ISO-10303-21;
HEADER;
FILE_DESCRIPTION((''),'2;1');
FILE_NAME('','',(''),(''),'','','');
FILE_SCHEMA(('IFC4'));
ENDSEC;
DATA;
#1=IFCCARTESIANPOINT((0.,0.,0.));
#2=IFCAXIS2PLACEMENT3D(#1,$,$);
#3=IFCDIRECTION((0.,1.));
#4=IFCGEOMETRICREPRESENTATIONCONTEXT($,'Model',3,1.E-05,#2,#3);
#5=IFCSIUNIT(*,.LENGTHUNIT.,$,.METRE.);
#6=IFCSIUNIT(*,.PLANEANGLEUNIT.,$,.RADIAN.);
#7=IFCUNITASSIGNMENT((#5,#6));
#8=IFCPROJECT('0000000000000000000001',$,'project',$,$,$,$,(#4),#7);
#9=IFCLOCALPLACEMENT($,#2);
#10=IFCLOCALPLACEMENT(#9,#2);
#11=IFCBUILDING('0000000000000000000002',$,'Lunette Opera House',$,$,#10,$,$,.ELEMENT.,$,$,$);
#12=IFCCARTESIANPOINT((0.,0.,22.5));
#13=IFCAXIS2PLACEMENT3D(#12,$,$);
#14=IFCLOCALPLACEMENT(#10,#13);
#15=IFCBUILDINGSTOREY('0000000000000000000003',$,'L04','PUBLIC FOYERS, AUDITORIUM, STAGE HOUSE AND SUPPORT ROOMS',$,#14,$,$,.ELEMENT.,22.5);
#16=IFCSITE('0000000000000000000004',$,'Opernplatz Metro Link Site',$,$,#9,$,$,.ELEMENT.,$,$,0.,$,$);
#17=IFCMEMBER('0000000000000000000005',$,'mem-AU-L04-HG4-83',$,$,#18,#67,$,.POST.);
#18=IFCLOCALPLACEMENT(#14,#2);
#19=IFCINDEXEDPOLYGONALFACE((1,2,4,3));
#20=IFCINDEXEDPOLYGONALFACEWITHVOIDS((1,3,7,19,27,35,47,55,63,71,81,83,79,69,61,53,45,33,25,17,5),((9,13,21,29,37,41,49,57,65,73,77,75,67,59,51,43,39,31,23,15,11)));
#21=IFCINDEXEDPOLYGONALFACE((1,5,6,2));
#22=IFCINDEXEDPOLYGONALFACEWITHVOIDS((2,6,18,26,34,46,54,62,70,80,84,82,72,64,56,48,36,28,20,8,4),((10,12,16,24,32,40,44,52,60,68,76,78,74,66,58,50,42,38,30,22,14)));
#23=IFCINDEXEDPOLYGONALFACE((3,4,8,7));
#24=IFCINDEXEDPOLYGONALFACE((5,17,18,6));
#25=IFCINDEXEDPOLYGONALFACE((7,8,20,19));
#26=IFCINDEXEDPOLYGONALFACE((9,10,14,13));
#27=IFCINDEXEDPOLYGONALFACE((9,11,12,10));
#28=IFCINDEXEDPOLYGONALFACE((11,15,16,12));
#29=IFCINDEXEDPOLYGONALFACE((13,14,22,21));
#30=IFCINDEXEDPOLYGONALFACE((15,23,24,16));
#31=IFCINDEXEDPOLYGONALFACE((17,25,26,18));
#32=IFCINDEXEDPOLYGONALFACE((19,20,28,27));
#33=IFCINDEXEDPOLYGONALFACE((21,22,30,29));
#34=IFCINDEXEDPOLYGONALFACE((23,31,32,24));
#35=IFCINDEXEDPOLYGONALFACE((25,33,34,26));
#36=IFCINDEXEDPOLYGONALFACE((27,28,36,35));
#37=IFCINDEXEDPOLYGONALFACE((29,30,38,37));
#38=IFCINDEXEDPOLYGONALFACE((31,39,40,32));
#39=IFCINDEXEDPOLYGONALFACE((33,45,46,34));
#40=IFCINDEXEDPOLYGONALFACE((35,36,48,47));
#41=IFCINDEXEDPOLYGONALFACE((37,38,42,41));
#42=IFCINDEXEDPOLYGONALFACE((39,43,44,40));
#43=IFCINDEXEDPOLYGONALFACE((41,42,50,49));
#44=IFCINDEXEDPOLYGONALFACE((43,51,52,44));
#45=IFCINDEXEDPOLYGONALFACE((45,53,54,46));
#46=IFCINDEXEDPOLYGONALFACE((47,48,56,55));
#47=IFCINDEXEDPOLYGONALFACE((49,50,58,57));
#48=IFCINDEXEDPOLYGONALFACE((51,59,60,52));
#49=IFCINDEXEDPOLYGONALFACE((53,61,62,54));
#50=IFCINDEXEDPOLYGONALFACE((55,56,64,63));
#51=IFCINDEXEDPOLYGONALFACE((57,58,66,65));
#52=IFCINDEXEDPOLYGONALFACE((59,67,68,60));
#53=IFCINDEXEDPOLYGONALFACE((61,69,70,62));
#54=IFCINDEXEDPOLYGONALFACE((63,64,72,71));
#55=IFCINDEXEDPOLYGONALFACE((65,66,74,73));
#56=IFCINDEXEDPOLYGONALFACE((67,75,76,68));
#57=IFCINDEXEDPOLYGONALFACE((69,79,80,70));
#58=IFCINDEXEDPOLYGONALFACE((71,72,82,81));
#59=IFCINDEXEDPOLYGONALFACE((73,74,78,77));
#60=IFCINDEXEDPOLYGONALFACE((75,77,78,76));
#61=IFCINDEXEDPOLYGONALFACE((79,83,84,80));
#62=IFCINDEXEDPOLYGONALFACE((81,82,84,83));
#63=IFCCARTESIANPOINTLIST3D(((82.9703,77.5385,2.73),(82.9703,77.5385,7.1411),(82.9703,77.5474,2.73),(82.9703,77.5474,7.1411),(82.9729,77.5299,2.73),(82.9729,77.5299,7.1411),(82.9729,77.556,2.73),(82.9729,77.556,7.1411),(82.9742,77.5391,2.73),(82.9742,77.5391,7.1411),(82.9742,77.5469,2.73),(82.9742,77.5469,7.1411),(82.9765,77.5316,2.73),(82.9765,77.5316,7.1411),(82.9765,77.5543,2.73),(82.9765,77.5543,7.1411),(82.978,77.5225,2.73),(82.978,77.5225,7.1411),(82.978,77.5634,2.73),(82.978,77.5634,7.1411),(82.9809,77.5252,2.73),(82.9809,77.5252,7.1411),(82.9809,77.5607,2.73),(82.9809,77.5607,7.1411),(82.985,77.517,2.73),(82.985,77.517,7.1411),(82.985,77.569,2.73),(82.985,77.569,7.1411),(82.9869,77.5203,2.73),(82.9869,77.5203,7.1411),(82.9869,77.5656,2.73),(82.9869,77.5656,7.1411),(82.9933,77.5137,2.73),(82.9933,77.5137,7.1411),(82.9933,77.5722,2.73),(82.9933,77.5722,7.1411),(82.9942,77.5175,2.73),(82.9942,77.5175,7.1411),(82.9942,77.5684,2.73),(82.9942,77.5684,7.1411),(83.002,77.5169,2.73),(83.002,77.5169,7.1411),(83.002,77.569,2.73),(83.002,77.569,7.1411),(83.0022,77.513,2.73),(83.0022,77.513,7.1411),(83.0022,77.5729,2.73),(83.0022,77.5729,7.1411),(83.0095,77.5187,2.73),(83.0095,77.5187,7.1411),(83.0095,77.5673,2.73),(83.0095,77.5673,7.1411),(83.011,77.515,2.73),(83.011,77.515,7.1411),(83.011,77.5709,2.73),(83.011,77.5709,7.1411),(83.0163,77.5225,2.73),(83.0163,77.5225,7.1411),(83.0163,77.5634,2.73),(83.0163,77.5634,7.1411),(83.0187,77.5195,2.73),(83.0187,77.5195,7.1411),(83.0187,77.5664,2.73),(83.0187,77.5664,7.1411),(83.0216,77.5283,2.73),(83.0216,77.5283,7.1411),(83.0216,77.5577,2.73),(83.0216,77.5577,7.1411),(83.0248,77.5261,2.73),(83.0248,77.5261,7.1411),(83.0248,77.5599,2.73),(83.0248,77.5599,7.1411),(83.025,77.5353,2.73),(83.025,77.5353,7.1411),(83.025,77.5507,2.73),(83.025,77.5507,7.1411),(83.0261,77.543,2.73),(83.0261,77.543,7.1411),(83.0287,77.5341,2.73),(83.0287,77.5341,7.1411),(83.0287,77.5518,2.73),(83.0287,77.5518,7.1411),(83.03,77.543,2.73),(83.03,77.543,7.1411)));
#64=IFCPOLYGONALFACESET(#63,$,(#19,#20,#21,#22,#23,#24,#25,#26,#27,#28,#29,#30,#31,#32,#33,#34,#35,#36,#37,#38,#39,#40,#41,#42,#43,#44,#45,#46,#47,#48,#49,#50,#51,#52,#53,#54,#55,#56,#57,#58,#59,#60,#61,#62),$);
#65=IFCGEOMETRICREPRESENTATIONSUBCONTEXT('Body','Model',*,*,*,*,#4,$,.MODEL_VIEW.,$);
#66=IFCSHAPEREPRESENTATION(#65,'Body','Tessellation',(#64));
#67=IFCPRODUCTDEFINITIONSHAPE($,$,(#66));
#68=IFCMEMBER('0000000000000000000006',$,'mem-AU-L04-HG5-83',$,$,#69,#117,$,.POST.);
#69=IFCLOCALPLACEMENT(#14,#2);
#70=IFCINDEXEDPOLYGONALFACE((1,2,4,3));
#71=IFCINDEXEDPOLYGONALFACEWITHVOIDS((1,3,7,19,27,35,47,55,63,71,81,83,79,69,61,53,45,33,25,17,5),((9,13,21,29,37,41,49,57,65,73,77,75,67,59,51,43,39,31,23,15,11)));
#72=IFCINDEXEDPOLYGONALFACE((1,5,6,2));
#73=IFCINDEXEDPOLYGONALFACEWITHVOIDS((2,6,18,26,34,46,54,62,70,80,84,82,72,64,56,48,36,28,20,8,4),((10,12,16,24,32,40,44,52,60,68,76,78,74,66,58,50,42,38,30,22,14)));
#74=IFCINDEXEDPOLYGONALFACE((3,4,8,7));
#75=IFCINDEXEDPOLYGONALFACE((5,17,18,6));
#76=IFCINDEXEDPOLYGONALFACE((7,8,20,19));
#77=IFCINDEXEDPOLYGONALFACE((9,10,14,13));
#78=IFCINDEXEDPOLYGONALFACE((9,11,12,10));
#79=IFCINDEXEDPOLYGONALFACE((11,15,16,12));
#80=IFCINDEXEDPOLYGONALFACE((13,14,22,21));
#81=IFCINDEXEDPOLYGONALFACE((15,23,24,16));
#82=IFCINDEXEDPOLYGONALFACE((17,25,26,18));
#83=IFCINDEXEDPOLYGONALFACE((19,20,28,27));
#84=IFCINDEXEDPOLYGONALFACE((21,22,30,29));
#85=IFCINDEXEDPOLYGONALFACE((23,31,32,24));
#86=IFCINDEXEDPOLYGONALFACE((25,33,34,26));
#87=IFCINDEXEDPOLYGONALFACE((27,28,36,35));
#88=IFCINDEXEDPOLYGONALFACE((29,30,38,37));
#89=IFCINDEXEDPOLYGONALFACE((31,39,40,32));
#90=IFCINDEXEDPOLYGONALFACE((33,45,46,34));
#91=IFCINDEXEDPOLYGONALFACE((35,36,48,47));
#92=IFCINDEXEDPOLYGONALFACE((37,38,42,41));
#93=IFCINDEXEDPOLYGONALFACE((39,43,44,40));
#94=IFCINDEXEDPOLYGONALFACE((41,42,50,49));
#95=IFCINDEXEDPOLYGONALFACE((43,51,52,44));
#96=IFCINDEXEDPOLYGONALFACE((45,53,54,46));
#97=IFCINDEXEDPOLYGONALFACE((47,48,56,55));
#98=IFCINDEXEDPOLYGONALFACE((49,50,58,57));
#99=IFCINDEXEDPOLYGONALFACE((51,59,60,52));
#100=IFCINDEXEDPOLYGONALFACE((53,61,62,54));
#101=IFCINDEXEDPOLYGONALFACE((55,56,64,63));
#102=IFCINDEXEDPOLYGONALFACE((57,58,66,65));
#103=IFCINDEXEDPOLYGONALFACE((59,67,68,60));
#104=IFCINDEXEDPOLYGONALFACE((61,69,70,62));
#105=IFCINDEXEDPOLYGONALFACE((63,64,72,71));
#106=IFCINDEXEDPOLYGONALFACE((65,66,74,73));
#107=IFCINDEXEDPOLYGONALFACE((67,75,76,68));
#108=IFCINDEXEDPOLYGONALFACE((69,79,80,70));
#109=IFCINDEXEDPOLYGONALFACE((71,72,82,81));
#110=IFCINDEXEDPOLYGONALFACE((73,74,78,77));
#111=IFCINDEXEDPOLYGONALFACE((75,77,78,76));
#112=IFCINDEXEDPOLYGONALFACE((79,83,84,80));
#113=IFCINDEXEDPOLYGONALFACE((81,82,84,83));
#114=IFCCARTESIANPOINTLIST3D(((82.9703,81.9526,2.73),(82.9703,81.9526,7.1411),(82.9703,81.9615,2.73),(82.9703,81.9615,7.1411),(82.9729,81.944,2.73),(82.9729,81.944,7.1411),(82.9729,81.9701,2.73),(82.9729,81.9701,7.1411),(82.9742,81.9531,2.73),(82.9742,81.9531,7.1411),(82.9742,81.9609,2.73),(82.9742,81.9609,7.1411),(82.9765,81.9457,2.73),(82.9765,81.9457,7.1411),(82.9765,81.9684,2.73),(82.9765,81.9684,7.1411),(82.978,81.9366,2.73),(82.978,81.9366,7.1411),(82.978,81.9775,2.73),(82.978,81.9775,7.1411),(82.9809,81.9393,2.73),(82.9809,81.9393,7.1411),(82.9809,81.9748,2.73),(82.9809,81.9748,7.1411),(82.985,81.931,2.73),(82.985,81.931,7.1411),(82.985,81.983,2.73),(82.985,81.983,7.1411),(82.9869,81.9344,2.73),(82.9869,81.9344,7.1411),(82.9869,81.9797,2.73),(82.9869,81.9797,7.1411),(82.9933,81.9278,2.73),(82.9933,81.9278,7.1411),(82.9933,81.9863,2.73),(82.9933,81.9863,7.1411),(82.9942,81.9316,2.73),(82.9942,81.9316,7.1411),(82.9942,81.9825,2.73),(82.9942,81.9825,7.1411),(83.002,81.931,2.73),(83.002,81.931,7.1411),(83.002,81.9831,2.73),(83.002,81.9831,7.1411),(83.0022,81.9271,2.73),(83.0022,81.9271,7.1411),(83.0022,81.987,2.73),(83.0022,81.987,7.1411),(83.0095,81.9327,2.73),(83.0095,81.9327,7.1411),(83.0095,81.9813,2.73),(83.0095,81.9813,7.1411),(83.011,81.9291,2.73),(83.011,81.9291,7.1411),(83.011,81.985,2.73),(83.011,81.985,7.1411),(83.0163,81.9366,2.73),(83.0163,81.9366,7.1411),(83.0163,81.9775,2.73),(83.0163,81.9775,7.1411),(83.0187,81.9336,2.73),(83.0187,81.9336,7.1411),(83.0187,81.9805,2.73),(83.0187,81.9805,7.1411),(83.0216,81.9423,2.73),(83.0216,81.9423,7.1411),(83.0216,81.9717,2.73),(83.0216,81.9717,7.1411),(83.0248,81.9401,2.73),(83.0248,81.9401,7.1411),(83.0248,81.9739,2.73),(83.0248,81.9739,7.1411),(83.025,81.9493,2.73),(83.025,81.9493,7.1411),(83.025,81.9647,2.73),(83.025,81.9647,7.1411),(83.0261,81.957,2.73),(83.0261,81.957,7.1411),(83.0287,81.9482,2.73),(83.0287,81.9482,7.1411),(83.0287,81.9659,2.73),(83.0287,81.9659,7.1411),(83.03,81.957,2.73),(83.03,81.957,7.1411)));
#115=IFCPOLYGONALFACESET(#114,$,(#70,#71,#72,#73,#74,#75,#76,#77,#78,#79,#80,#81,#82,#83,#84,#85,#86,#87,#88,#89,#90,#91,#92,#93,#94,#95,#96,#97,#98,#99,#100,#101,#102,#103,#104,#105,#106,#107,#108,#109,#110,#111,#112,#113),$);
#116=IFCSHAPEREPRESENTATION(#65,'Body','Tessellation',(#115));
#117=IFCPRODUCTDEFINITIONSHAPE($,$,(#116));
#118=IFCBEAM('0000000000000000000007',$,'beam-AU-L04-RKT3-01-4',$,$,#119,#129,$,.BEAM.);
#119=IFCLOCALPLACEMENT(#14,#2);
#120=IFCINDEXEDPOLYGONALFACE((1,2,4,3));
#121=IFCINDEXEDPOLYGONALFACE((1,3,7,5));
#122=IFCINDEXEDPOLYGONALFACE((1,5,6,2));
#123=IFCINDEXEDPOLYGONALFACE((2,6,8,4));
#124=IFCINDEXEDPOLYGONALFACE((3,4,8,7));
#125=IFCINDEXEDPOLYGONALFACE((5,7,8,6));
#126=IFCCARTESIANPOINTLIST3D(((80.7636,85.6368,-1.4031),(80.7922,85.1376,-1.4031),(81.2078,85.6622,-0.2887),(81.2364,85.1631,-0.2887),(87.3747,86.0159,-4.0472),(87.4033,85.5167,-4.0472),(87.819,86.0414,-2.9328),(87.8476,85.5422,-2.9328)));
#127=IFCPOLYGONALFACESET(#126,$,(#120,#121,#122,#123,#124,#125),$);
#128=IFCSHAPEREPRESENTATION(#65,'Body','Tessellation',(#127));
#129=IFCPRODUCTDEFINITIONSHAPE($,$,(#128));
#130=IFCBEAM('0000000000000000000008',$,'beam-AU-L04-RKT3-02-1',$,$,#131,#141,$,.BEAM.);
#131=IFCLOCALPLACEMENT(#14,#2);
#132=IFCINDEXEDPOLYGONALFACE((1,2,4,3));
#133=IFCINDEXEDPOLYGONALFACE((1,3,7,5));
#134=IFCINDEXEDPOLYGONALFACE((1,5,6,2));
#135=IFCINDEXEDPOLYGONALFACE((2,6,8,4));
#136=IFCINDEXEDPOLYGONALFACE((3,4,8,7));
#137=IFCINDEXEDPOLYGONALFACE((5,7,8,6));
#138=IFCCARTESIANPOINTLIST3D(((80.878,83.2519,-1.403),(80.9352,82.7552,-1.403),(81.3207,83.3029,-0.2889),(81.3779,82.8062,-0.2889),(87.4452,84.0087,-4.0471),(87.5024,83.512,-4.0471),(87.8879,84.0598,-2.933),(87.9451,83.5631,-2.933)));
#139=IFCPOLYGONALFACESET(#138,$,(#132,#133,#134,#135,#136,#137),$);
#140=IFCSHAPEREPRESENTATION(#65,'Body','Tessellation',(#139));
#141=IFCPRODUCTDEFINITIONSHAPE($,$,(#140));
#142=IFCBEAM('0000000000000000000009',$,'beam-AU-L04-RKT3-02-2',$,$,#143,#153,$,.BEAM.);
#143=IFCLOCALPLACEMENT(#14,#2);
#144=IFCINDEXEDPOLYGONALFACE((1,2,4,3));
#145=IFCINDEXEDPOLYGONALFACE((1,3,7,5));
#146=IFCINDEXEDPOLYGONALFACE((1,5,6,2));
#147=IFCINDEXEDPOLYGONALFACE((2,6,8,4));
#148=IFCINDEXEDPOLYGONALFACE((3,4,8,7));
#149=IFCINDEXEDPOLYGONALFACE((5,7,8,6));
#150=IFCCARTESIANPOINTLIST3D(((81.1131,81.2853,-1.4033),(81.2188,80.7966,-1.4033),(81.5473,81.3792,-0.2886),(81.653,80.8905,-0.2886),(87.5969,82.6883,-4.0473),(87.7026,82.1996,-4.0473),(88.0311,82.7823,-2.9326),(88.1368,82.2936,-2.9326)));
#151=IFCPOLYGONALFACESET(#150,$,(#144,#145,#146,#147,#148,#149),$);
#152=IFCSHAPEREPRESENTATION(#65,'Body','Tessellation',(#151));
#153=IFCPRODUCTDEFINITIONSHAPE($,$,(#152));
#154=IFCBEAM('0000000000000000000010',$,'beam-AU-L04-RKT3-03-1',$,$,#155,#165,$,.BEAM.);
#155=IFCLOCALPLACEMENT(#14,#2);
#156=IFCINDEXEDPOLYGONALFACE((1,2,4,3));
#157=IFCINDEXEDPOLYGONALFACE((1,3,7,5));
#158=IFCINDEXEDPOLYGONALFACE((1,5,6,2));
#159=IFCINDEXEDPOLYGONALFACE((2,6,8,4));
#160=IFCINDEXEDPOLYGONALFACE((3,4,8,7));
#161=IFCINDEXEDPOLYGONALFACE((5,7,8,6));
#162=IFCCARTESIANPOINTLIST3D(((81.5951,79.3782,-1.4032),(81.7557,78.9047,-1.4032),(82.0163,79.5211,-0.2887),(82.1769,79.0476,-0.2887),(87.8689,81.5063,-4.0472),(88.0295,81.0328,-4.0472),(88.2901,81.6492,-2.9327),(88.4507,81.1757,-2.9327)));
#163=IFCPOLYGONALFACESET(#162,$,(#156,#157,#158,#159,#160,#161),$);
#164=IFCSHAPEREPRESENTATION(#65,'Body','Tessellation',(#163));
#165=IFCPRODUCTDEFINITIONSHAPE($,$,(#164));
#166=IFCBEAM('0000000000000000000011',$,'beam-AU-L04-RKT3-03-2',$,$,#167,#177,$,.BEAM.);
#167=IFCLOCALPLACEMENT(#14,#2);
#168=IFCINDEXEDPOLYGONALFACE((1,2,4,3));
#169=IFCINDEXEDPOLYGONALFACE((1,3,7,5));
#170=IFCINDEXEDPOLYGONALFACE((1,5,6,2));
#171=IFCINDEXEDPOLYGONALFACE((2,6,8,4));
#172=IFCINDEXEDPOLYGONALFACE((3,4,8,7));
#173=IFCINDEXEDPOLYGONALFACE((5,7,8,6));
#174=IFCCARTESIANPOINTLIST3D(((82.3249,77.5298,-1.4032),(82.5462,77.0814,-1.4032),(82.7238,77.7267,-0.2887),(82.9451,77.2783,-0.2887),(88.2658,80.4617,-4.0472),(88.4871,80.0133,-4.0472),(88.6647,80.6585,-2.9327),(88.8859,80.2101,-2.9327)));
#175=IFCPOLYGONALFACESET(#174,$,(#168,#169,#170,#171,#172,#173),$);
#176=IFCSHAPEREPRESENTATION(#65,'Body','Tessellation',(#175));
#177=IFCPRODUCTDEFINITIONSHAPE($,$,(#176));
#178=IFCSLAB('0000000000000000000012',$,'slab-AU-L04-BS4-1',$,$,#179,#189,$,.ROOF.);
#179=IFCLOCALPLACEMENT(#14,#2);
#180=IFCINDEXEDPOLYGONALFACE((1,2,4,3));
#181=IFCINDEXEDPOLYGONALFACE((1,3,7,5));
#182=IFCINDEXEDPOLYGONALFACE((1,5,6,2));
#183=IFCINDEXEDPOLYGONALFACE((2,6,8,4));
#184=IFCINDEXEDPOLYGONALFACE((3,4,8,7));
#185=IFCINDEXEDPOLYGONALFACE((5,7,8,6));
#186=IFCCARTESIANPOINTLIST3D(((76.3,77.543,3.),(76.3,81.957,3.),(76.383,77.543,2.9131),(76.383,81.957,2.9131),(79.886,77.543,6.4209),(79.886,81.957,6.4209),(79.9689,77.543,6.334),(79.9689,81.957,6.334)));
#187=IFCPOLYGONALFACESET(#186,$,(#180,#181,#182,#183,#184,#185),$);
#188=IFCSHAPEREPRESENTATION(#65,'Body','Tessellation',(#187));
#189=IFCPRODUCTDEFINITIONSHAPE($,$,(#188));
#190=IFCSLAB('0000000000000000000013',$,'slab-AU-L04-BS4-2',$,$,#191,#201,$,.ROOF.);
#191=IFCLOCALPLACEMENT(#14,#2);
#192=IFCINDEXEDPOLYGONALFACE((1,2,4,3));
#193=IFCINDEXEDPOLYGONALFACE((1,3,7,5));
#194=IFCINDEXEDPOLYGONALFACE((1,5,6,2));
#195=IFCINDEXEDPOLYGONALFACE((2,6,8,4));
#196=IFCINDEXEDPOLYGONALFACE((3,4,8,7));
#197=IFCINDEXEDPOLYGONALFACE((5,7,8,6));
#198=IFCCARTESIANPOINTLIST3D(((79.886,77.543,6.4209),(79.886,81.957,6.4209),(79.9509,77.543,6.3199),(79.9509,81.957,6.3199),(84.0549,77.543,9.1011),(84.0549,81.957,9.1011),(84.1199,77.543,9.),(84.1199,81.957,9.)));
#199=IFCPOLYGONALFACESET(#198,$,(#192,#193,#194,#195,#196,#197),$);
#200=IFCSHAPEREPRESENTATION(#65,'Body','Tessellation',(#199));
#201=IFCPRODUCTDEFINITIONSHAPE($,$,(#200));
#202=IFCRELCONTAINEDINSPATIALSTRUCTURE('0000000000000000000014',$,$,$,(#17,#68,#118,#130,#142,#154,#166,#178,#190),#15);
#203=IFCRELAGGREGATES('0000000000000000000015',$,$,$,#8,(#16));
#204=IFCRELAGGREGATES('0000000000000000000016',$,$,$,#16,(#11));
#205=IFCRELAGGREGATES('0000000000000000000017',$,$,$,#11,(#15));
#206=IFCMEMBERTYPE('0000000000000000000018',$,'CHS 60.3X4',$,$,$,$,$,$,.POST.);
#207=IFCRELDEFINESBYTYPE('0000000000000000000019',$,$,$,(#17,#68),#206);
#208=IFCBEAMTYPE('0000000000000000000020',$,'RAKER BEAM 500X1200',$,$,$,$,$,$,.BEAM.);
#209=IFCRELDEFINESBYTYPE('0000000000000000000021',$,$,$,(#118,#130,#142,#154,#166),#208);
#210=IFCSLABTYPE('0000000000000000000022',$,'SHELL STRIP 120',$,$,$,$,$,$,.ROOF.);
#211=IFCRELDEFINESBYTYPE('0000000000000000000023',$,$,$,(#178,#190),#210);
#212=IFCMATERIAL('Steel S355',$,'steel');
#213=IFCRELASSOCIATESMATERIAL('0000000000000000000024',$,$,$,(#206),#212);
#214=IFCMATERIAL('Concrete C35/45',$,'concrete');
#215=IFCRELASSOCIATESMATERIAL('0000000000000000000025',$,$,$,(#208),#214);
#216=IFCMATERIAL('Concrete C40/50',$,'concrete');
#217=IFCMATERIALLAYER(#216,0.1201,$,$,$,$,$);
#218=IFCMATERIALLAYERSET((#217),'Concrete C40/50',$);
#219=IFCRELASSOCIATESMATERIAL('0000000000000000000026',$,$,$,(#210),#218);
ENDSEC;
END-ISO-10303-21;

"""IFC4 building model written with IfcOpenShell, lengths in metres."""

from ifc_helpers import new_model, si_unit, direction, frame, origin, origin_2d, place, context, subcontext, project, spatial, polyline, rectangle, hollow_circle, outline, extrude, material, layer, layer_set, material_profile, profile_set, type_object, element, save


model = new_model("IFC4")

# Units and contexts
model_context = context("Model", 3, precision=1e-05, world=origin(), true_north=direction((0.0, 1.0)))
body_context = subcontext(model_context, "Body", "Model", "MODEL_VIEW")
ifc_project = project(units=[si_unit("LENGTHUNIT", "METRE"), si_unit("PLANEANGLEUNIT", "RADIAN")], contexts=[model_context])

# Site, building, storey
site_placement = place(None, origin())
site = spatial("IfcSite", under=ifc_project, at=site_placement, Name="Opernplatz Metro Link Site", CompositionType="ELEMENT", RefElevation=0.0)
building_placement = place(site_placement, origin())
building = spatial("IfcBuilding", under=site, at=building_placement, Name="Lunette Opera House", CompositionType="ELEMENT")
storey_placement = place(building_placement, frame((0.0, 0.0, 22.5)))
storey = spatial("IfcBuildingStorey", under=building, at=storey_placement, Name="L04", Description="PUBLIC FOYERS, AUDITORIUM, STAGE HOUSE AND SUPPORT ROOMS", CompositionType="ELEMENT", Elevation=22.5)

# Members
ifc_material_1 = material(Name="Steel S355", Category="steel")
ifc_material_profile_1 = material_profile(ifc_material_1, hollow_circle(Radius=0.03, WallThickness=0.0039, at=origin_2d()), Name="CHS 60.3X4")
ifc_profile_set_1 = profile_set([ifc_material_profile_1], Name="Steel S355")
member_type_1 = type_object("IfcMemberType", Name="CHS 60.3X4", PredefinedType="POST", material=ifc_profile_set_1)
for number, where, z_axis, x_axis, name in (
    (1, (83.0, 77.543, 2.73), (0.0, 0.0, 1.0), (1.0, 0.0, 0.0), "mem-AU-L04-HG4-83"),
    (2, (83.0, 81.957, 2.73), (0.0, 0.0, 1.0), (1.0, 0.0, 0.0), "mem-AU-L04-HG5-83"),
):
    element("IfcMember", number, at=place(storey_placement, frame(where, z_axis=z_axis, x_axis=x_axis)), inside=storey, type_object=member_type_1, Name=name, PredefinedType="POST", context=body_context, shape_type="SweptSolid", body=[
        extrude(hollow_circle(Radius=0.03, WallThickness=0.0039, at=origin_2d()), origin(), (0.0, 0.0, 1.0), 4.4111),
    ])

# Beams
ifc_material_2 = material(Name="Concrete C35/45", Category="concrete")
ifc_material_profile_2 = material_profile(ifc_material_2, rectangle(XDim=0.5, YDim=1.2, at=origin_2d()), Name="RAKER BEAM 500X1200")
ifc_profile_set_2 = profile_set([ifc_material_profile_2], Name="Concrete C35/45")
beam_type_1 = type_object("IfcBeamType", Name="RAKER BEAM 500X1200", PredefinedType="BEAM", material=ifc_profile_set_2)
beam_1_placement = place(storey_placement, frame((81.0, 85.3999, -0.8459), z_axis=(0.927182, 0.053175, -0.370818), x_axis=(-0.057257, 0.998359, 0.0)))
element("IfcBeam", 3, at=beam_1_placement, inside=storey, type_object=beam_type_1, Name="beam-AU-L04-RKT3-01-4", PredefinedType="BEAM", context=body_context, shape_type="SweptSolid", body=[
    extrude(rectangle(XDim=0.5, YDim=1.2, at=origin_2d()), origin(), (0.0, 0.0, 1.0), 7.1304),
])
beam_2_placement = place(storey_placement, frame((81.1279, 83.0291, -0.8459), z_axis=(0.922381, 0.106301, -0.371367), x_axis=(-0.114488, 0.993425, 0.0)))
element("IfcBeam", 4, at=beam_2_placement, inside=storey, type_object=beam_type_1, Name="beam-AU-L04-RKT3-02-1", PredefinedType="BEAM", context=body_context, shape_type="SweptSolid", body=[
    extrude(rectangle(XDim=0.5, YDim=1.2, at=origin_2d()), origin(), (0.0, 0.0, 1.0), 7.1199),
])
beam_3_placement = place(storey_placement, frame((81.3831, 81.0879, -0.8459), z_axis=(0.907922, 0.196469, -0.370239), x_axis=(-0.211499, 0.977378, 0.0)))
element("IfcBeam", 5, at=beam_3_placement, inside=storey, type_object=beam_type_1, Name="beam-AU-L04-RKT3-02-2", PredefinedType="BEAM", context=body_context, shape_type="SweptSolid", body=[
    extrude(rectangle(XDim=0.5, YDim=1.2, at=origin_2d()), origin(), (0.0, 0.0, 1.0), 7.1414),
])
for number, where, z_axis, x_axis, name in (
    (6, (81.886, 79.2129, -0.8459), (0.879541, 0.298349, -0.370668), (-0.321231, 0.947001, 0.0), "beam-AU-L04-RKT3-03-1"),
    (7, (82.635, 77.4041, -0.8459), (0.832864, 0.411024, -0.370671), (-0.44255, 0.896744, 0.0), "beam-AU-L04-RKT3-03-2"),
):
    element("IfcBeam", number, at=place(storey_placement, frame(where, z_axis=z_axis, x_axis=x_axis)), inside=storey, type_object=beam_type_1, Name=name, PredefinedType="BEAM", context=body_context, shape_type="SweptSolid", body=[
        extrude(rectangle(XDim=0.5, YDim=1.2, at=origin_2d()), origin(), (0.0, 0.0, 1.0), 7.1331),
    ])

# Slabs
ifc_material_3 = material(Name="Concrete C40/50", Category="concrete")
ifc_layer_1 = layer(ifc_material_3, 0.1201)
ifc_layer_set_1 = layer_set([ifc_layer_1], Name="Concrete C40/50")
slab_type_1 = type_object("IfcSlabType", Name="SHELL STRIP 120", PredefinedType="ROOF", material=ifc_layer_set_1)
slab_1_placement = place(storey_placement, frame((76.3, 77.543, 3.0), z_axis=(-0.69026, 0.0, 0.723561), x_axis=(0.723561, 0.0, 0.69026)))
element("IfcSlab", 8, at=slab_1_placement, inside=storey, type_object=slab_type_1, Name="slab-AU-L04-BS4-1", PredefinedType="ROOF", context=body_context, shape_type="SweptSolid", body=[
    extrude(outline(polyline([(0.0, 0.0), (4.956, 0.0), (4.956, 4.4141), (0.0, 4.4141), (0.0, 0.0)])), origin(), (0.0, 0.0, -1.0), 0.1201),
])
slab_2_placement = place(storey_placement, frame((79.886, 77.543, 6.4209), z_axis=(-0.540778, 0.0, 0.841166), x_axis=(0.841166, 0.0, 0.540778)))
element("IfcSlab", 9, at=slab_2_placement, inside=storey, type_object=slab_type_1, Name="slab-AU-L04-BS4-2", PredefinedType="ROOF", context=body_context, shape_type="SweptSolid", body=[
    extrude(outline(polyline([(0.0, 0.0), (4.9562, 0.0), (4.9562, 4.4141), (0.0, 4.4141), (0.0, 0.0)])), origin(), (0.0, 0.0, -1.0), 0.1201),
])

save(model, "model.ifc")
